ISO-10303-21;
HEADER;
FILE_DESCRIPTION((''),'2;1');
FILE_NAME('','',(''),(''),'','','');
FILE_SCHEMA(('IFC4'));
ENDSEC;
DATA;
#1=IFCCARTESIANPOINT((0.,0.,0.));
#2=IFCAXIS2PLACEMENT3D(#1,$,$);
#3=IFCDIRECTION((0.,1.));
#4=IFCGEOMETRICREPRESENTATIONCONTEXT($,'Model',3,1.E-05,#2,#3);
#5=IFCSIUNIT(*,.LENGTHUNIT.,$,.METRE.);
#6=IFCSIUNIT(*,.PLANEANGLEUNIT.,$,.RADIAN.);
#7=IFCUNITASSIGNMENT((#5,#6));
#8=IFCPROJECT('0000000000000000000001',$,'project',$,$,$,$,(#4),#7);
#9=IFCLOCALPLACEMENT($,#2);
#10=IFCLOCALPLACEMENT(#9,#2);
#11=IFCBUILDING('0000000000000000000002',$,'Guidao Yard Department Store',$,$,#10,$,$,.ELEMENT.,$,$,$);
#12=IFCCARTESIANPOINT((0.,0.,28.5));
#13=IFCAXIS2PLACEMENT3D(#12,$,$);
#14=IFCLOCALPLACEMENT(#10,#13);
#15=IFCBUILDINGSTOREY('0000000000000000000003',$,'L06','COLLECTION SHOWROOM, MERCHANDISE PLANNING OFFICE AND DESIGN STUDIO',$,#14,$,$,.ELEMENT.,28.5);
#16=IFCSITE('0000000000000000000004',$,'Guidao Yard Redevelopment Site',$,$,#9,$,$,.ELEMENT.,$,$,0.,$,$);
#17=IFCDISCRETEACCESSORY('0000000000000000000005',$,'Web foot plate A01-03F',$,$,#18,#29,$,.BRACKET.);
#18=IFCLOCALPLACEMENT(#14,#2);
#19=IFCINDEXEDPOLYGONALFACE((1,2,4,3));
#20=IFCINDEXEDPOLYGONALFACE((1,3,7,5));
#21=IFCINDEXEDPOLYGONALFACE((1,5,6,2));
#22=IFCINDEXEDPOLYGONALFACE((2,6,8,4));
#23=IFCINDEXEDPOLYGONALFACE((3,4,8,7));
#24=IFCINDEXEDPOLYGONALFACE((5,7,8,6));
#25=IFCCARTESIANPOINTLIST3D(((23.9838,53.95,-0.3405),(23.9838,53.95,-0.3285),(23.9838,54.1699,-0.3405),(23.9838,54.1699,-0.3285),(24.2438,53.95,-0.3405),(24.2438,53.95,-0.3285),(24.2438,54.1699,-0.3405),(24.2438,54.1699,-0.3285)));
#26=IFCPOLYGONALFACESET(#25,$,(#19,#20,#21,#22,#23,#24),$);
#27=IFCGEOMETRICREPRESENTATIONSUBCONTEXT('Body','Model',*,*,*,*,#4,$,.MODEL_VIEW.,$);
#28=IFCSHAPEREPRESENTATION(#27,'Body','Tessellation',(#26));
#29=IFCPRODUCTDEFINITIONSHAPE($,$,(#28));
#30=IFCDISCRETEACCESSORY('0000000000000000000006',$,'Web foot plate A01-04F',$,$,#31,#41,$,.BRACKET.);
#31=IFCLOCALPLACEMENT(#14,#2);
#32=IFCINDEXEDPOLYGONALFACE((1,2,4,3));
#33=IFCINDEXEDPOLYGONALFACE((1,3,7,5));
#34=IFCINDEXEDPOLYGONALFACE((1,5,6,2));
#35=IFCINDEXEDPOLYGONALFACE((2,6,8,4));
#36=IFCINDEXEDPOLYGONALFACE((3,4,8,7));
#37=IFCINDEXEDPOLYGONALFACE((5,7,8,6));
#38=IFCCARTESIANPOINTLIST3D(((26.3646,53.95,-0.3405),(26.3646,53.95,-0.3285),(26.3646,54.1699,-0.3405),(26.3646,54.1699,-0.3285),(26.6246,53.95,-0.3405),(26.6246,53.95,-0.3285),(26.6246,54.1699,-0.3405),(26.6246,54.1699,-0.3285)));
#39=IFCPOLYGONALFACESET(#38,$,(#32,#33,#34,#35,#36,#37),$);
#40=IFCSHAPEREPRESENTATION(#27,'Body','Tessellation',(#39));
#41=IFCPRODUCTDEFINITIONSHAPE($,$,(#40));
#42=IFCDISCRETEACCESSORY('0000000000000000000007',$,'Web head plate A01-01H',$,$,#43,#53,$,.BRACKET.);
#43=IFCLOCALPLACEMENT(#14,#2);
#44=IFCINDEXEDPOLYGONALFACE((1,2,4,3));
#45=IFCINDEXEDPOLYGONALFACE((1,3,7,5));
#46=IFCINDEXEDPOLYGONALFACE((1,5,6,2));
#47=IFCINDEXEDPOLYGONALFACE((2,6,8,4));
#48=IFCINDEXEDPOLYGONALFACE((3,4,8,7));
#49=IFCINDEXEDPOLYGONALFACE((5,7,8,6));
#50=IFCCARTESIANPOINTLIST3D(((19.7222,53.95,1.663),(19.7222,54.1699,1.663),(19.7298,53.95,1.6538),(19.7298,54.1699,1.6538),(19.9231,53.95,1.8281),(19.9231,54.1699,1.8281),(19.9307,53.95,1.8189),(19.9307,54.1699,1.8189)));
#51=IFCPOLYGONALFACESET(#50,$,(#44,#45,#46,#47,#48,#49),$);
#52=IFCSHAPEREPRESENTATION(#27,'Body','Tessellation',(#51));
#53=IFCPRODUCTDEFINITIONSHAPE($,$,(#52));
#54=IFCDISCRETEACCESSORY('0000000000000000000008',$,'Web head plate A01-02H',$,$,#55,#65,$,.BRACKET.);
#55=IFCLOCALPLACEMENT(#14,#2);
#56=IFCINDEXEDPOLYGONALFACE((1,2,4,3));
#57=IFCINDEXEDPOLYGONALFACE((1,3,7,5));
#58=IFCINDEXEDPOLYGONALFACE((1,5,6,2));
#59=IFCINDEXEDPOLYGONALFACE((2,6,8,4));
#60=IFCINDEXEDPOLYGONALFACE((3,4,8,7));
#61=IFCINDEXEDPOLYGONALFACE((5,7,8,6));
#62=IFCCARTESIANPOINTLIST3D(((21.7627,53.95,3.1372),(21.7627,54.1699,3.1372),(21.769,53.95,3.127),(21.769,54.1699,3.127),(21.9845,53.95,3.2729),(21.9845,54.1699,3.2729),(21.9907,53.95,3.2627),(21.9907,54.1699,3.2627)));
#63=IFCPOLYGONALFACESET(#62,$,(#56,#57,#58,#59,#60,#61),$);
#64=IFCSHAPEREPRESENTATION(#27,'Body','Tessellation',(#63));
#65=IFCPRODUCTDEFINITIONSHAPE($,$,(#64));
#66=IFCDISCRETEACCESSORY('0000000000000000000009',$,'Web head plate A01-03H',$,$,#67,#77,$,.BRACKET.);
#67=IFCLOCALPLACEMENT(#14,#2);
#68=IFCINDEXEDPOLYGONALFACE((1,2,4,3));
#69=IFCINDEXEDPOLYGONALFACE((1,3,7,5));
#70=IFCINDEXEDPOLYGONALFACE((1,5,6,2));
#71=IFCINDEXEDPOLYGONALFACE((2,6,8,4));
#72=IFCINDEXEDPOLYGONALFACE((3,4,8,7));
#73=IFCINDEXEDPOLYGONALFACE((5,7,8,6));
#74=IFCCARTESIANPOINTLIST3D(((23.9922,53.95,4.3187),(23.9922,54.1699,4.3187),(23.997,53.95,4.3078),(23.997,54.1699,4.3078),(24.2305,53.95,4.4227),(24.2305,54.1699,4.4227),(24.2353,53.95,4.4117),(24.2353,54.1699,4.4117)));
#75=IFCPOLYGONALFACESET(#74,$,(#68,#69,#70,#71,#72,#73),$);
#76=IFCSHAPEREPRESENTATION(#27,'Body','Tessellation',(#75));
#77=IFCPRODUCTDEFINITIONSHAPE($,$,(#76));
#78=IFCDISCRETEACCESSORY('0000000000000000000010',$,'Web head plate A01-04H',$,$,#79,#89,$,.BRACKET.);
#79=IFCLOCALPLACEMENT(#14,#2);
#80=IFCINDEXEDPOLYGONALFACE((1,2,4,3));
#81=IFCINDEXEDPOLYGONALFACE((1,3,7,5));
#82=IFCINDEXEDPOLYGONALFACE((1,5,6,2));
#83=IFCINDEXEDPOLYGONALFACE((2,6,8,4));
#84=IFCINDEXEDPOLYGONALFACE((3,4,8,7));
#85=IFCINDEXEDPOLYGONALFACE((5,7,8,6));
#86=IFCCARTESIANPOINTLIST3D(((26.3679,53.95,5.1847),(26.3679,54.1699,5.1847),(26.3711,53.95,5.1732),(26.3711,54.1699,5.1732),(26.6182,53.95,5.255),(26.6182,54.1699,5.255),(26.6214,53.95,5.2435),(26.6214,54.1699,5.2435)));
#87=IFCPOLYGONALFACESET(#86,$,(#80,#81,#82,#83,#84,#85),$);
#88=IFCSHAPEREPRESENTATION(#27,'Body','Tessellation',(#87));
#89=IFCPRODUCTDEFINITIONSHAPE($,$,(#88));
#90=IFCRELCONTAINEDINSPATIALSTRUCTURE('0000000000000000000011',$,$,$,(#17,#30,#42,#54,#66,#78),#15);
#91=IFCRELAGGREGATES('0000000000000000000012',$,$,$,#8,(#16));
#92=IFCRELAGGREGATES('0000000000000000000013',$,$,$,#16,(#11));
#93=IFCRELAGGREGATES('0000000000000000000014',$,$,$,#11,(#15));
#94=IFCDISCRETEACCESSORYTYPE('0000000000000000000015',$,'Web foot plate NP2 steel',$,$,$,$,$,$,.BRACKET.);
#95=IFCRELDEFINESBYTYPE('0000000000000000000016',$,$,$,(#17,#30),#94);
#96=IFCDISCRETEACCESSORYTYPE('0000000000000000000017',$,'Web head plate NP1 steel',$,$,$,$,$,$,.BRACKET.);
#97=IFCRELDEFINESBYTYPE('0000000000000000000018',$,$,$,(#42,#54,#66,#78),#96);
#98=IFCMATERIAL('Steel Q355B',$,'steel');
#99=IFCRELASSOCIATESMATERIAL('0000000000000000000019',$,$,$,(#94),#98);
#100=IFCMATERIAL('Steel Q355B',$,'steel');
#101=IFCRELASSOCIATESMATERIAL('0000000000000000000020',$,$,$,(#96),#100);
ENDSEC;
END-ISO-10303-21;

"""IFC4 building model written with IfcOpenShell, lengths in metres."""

from ifc_helpers import new_model, si_unit, direction, frame, origin, origin_2d, place, context, subcontext, project, spatial, rectangle, extrude, material, material_profile, profile_set, type_object, element, save


model = new_model("IFC4")

# Units and contexts
model_context = context("Model", 3, precision=1e-05, world=origin(), true_north=direction((0.0, 1.0)))
body_context = subcontext(model_context, "Body", "Model", "MODEL_VIEW")
ifc_project = project(units=[si_unit("LENGTHUNIT", "METRE"), si_unit("PLANEANGLEUNIT", "RADIAN")], contexts=[model_context])

# Site, building, storey
site_placement = place(None, origin())
site = spatial("IfcSite", under=ifc_project, at=site_placement, Name="Guidao Yard Redevelopment Site", CompositionType="ELEMENT", RefElevation=0.0)
building_placement = place(site_placement, origin())
building = spatial("IfcBuilding", under=site, at=building_placement, Name="Guidao Yard Department Store", CompositionType="ELEMENT")
storey_placement = place(building_placement, frame((0.0, 0.0, 28.5)))
storey = spatial("IfcBuildingStorey", under=building, at=storey_placement, Name="L06", Description="COLLECTION SHOWROOM, MERCHANDISE PLANNING OFFICE AND DESIGN STUDIO", CompositionType="ELEMENT", Elevation=28.5)

# Discrete accessories
ifc_material_1 = material(Name="Steel Q355B", Category="steel")
ifc_material_profile_1 = material_profile(ifc_material_1, rectangle(XDim=0.26, YDim=0.012, at=origin_2d()), Name="Node plate 260x12")
ifc_profile_set_1 = profile_set([ifc_material_profile_1], Name="Steel Q355B")
discrete_accessory_type_1 = type_object("IfcDiscreteAccessoryType", Name="Web foot plate NP2 steel", PredefinedType="BRACKET", material=ifc_profile_set_1)
for number, where, z_axis, x_axis, name in (
    (1, (24.1138, 53.95, -0.3345), (0.0, 1.0, 0.0), (-1.0, 0.0, 0.0), "Web foot plate A01-03F"),
    (2, (26.4946, 53.95, -0.3345), (0.0, 1.0, 0.0), (-1.0, 0.0, 0.0), "Web foot plate A01-04F"),
):
    element("IfcDiscreteAccessory", number, at=place(storey_placement, frame(where, z_axis=z_axis, x_axis=x_axis)), inside=storey, type_object=discrete_accessory_type_1, Name=name, PredefinedType="BRACKET", context=body_context, shape_type="SweptSolid", body=[
        extrude(rectangle(XDim=0.26, YDim=0.012, at=origin_2d()), origin(), (0.0, 0.0, 1.0), 0.22),
    ])
ifc_material_2 = material(Name="Steel Q355B", Category="steel")
ifc_material_profile_2 = material_profile(ifc_material_2, rectangle(XDim=0.26, YDim=0.012, at=origin_2d()), Name="Node plate 260x12")
ifc_profile_set_2 = profile_set([ifc_material_profile_2], Name="Steel Q355B")
discrete_accessory_type_2 = type_object("IfcDiscreteAccessoryType", Name="Web head plate NP1 steel", PredefinedType="BRACKET", material=ifc_profile_set_2)
for number, where, z_axis, x_axis, name in (
    (3, (19.8264, 53.95, 1.741), (0.0, 1.0, 0.0), (-0.77257, 0.0, -0.63493), "Web head plate A01-01H"),
    (4, (21.8767, 53.95, 3.2), (0.0, 1.0, 0.0), (-0.852874, 0.0, -0.522116), "Web head plate A01-02H"),
    (5, (24.1138, 53.95, 4.3652), (0.0, 1.0, 0.0), (-0.916571, 0.0, -0.399871), "Web head plate A01-03H"),
    (6, (26.4946, 53.95, 5.2141), (0.0, 1.0, 0.0), (-0.962712, 0.0, -0.270529), "Web head plate A01-04H"),
):
    element("IfcDiscreteAccessory", number, at=place(storey_placement, frame(where, z_axis=z_axis, x_axis=x_axis)), inside=storey, type_object=discrete_accessory_type_2, Name=name, PredefinedType="BRACKET", context=body_context, shape_type="SweptSolid", body=[
        extrude(rectangle(XDim=0.26, YDim=0.012, at=origin_2d()), origin(), (0.0, 0.0, 1.0), 0.22),
    ])

save(model, "model.ifc")
